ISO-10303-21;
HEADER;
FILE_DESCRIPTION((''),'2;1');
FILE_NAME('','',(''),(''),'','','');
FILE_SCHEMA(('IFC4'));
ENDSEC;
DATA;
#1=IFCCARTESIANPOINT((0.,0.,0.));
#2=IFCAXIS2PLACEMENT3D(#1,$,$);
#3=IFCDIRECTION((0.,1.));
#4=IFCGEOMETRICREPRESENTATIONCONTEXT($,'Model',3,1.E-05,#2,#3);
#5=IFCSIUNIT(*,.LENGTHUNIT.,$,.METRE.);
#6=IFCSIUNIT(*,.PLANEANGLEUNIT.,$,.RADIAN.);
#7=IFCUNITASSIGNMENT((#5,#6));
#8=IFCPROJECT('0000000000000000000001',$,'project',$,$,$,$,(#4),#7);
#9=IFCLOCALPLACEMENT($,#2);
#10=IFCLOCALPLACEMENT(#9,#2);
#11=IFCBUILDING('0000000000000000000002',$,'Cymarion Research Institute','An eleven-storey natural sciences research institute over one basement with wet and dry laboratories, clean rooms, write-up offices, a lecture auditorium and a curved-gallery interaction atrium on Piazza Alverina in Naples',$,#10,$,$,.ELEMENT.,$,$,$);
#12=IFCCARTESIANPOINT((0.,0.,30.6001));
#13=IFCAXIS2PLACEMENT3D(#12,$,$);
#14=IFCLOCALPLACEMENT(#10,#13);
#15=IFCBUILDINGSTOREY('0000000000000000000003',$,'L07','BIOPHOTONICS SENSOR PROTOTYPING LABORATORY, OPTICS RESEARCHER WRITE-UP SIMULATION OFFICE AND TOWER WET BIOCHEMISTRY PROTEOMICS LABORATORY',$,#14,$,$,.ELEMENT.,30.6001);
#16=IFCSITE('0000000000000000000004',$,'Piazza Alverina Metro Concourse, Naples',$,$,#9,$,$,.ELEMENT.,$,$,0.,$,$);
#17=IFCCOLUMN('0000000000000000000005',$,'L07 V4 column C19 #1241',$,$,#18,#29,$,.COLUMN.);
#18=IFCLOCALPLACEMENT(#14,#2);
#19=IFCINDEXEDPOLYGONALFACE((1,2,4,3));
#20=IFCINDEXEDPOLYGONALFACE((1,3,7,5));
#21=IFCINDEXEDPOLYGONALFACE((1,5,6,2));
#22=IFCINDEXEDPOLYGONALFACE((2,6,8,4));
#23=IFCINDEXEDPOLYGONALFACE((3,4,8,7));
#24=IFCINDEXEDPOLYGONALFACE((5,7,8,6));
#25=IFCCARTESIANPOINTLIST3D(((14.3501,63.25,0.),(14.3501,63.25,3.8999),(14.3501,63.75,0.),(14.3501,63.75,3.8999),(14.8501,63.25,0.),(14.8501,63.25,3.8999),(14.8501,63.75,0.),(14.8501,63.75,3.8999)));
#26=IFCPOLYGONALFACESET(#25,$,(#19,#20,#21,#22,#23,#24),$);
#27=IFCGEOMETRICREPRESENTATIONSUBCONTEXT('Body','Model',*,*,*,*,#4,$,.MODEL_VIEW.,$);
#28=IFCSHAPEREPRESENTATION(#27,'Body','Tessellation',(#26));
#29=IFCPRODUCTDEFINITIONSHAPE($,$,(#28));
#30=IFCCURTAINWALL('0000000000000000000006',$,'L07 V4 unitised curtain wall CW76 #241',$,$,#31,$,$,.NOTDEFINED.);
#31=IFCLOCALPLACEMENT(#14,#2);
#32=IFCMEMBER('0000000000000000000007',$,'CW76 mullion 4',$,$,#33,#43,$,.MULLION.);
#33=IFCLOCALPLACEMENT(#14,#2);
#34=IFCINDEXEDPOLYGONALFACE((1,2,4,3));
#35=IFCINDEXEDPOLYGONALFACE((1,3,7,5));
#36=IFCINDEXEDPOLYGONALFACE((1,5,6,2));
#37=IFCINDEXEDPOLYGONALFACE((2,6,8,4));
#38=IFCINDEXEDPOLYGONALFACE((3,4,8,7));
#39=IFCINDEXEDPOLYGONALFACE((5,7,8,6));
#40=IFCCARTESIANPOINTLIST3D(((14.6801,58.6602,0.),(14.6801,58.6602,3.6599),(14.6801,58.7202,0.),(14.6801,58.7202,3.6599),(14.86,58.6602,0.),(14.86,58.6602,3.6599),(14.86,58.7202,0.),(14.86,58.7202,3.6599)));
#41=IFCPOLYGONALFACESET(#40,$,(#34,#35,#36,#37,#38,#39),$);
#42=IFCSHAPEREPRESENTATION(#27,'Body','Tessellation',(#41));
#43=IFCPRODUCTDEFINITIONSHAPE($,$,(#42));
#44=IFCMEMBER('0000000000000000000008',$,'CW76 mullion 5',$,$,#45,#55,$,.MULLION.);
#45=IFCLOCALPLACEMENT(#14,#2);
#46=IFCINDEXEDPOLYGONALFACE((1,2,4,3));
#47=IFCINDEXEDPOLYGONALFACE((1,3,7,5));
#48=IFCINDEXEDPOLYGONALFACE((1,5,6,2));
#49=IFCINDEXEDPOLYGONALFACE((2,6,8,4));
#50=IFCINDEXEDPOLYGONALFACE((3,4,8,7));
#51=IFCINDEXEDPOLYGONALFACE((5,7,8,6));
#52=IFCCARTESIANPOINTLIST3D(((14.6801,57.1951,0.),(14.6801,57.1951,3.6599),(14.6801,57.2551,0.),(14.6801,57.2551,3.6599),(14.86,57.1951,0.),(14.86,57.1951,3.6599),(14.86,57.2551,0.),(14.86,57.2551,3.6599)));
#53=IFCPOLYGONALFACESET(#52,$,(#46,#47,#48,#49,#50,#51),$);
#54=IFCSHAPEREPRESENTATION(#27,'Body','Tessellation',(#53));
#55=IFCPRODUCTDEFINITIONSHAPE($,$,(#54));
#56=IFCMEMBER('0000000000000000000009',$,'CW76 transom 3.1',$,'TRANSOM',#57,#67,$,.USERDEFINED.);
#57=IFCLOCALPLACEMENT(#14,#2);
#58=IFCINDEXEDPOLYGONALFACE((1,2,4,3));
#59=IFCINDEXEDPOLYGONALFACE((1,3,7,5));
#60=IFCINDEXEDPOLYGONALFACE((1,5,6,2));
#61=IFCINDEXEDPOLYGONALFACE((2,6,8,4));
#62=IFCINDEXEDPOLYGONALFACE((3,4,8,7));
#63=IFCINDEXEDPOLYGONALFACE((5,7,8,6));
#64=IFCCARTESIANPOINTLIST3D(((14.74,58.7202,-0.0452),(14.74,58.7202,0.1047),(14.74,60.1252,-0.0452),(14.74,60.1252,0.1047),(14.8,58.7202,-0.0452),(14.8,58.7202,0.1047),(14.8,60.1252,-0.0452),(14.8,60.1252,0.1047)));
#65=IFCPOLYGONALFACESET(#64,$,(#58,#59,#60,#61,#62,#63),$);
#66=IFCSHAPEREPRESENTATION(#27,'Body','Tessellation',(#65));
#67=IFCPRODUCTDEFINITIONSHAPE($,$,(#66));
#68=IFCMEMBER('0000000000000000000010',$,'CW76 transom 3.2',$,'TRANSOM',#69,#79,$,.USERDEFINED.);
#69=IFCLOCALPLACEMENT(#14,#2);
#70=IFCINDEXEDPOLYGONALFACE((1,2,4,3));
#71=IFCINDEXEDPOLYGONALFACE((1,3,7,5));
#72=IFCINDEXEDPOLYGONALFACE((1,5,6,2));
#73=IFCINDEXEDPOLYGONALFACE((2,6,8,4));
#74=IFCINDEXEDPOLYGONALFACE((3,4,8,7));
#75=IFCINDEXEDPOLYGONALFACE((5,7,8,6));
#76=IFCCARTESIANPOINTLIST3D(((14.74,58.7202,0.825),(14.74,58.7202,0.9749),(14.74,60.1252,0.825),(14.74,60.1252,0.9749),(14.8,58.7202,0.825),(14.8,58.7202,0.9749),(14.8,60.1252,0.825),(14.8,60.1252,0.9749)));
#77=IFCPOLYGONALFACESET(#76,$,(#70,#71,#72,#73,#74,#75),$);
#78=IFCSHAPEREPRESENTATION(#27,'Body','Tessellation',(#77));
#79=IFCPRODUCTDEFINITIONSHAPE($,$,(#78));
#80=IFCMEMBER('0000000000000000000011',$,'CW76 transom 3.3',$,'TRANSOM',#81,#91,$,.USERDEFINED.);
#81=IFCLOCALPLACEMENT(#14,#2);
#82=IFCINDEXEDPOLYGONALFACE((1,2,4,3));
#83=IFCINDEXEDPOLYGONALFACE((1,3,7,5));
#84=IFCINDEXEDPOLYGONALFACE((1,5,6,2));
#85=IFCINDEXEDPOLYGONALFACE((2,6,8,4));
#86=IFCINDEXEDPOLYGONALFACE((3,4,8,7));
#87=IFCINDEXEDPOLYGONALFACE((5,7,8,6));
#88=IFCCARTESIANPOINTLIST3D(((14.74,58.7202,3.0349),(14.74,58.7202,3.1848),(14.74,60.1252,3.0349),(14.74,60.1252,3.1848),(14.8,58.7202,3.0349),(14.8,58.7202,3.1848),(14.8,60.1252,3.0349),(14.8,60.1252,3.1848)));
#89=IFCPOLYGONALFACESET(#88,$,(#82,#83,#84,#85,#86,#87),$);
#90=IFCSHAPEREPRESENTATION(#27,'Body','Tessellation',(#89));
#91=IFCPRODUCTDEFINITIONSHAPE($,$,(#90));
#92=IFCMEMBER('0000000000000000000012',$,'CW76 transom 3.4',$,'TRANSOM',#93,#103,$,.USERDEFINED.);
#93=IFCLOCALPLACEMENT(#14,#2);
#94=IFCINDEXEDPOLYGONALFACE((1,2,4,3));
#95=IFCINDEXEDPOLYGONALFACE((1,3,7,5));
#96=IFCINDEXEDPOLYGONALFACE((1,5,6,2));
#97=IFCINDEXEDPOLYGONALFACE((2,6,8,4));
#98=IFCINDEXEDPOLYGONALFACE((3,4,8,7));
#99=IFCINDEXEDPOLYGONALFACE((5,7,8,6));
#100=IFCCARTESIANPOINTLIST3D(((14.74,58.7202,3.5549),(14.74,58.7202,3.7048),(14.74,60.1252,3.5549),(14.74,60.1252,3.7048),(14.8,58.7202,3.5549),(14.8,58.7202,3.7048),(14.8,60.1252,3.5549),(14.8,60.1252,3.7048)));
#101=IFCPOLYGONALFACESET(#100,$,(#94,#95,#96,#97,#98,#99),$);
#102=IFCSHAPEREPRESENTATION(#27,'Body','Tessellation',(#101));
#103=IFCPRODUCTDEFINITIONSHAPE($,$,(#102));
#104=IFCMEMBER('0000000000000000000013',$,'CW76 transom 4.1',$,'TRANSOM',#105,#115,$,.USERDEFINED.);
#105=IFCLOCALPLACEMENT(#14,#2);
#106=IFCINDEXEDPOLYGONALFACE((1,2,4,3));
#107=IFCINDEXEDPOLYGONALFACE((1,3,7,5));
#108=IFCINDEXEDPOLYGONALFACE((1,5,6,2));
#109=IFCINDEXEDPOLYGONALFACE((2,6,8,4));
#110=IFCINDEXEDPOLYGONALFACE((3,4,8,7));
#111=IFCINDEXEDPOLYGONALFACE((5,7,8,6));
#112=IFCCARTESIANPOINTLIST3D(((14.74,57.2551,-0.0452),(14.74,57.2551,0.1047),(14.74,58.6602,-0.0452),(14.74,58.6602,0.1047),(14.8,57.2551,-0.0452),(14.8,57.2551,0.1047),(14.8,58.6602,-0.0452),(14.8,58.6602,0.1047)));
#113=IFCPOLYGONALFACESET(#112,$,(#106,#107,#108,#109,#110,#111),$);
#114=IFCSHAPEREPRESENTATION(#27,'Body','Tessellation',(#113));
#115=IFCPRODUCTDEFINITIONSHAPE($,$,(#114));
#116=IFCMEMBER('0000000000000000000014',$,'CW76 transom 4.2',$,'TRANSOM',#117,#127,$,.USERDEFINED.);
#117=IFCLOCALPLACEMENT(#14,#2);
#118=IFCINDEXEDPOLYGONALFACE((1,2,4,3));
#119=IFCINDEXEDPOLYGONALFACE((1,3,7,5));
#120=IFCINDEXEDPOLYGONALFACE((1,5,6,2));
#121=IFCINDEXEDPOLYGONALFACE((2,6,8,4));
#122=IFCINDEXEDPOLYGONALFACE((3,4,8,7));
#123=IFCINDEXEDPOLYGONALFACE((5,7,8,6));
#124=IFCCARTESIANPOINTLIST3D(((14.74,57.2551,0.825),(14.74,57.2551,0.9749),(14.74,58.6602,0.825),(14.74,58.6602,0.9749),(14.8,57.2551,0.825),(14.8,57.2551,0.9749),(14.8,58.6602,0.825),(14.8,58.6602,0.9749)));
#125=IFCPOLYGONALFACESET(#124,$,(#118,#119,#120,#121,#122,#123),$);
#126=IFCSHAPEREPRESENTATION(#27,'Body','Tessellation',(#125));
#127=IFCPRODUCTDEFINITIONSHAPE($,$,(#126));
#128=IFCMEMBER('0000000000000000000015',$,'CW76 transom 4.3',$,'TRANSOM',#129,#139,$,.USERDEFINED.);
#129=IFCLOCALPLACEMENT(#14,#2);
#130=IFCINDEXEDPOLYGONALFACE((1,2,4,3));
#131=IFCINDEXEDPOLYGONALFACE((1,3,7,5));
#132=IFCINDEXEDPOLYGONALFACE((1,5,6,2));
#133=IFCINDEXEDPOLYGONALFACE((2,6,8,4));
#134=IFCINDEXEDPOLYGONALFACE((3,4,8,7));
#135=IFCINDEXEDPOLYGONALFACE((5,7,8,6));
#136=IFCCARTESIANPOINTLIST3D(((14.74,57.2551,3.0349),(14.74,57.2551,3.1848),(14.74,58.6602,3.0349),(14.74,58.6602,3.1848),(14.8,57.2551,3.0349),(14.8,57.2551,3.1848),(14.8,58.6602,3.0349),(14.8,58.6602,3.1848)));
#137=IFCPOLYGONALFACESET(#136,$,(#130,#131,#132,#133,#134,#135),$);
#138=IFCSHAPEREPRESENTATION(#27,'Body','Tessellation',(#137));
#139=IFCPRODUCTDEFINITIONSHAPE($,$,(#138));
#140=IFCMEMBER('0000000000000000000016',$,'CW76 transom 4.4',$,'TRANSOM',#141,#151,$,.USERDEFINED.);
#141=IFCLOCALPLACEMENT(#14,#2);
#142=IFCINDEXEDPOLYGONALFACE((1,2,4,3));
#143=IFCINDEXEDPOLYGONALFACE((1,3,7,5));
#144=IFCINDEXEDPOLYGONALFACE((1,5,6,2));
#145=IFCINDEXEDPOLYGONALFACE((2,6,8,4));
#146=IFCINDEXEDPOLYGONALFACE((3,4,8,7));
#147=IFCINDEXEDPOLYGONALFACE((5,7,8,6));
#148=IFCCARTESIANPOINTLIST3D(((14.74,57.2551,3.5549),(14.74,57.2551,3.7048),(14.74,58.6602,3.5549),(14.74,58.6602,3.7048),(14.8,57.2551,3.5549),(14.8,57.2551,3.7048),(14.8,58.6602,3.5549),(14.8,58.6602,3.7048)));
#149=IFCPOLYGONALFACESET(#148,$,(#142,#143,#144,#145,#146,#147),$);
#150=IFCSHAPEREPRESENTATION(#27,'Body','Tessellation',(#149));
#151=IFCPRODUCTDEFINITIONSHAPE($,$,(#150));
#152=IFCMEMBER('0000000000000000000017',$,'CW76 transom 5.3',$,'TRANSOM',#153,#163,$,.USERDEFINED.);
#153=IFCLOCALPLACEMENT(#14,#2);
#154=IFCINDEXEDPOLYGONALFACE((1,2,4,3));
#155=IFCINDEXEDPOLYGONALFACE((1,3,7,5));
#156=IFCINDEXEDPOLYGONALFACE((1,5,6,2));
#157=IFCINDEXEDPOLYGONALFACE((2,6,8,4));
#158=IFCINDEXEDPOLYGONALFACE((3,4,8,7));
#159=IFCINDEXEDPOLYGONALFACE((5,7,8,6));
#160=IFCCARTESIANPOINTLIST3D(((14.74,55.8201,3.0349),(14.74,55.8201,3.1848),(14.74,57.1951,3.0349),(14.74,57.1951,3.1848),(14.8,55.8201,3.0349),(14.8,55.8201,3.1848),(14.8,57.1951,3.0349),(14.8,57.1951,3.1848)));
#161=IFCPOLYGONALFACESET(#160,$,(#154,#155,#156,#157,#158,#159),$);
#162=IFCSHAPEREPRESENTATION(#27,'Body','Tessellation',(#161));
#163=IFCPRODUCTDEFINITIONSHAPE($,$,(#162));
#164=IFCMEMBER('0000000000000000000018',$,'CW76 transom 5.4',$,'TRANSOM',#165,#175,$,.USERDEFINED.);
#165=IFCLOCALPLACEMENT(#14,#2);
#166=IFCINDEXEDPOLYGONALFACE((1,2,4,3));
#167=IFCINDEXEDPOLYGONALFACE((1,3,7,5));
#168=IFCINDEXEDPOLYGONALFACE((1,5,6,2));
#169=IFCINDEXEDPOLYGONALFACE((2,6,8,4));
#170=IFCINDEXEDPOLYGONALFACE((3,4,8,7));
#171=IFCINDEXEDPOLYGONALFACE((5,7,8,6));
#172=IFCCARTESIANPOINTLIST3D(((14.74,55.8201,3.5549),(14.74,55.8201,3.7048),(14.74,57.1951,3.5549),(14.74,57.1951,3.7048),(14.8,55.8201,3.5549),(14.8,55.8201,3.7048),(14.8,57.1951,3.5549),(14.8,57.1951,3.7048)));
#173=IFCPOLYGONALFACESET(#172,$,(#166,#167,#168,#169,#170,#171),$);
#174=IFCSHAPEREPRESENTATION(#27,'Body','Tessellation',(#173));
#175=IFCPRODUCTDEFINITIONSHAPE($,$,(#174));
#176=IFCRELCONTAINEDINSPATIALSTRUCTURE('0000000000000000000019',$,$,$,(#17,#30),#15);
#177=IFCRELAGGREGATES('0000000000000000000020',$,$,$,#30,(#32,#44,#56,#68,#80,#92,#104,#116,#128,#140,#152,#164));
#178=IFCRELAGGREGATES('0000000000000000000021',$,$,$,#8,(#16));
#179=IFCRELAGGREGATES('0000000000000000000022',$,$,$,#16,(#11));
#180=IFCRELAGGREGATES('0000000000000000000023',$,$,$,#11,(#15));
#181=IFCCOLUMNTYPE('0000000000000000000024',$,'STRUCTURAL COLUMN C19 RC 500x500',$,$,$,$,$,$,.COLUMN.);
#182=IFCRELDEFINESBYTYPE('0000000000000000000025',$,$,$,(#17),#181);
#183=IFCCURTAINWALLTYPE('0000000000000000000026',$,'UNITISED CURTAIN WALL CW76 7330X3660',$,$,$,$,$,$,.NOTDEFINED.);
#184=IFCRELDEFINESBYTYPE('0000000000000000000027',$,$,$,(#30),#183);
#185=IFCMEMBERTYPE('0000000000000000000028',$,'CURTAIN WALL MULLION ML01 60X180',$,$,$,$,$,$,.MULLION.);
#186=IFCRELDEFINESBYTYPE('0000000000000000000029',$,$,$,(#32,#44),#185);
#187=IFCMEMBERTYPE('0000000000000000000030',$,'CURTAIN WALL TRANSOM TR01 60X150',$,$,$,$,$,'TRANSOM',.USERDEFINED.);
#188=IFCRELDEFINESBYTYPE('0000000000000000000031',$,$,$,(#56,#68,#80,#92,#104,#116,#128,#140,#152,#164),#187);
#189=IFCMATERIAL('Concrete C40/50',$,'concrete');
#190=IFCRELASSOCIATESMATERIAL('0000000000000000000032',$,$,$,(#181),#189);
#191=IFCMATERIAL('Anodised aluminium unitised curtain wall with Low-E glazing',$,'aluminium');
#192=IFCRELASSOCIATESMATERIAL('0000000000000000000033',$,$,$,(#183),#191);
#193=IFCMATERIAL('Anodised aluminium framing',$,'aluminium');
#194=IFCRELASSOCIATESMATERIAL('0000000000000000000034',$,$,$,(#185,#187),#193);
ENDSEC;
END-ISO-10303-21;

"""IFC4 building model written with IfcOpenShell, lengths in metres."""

from ifc_helpers import new_model, si_unit, direction, frame, origin, origin_2d, place, context, subcontext, project, spatial, rectangle, extrude, material, material_profile, profile_set, type_object, element, aggregate, save


model = new_model("IFC4")

# Units and contexts
model_context = context("Model", 3, precision=1e-05, world=origin(), true_north=direction((0.0, 1.0)))
body_context = subcontext(model_context, "Body", "Model", "MODEL_VIEW")
ifc_project = project(units=[si_unit("LENGTHUNIT", "METRE"), si_unit("PLANEANGLEUNIT", "RADIAN")], contexts=[model_context])

# Site, building, storey
site_placement = place(None, origin())
site = spatial("IfcSite", under=ifc_project, at=site_placement, Name="Piazza Alverina Metro Concourse, Naples", CompositionType="ELEMENT", RefElevation=0.0)
building_placement = place(site_placement, origin())
building = spatial("IfcBuilding", under=site, at=building_placement, Name="Cymarion Research Institute", Description="An eleven-storey natural sciences research institute over one basement with wet and dry laboratories, clean rooms, write-up offices, a lecture auditorium and a curved-gallery interaction atrium on Piazza Alverina in Naples", CompositionType="ELEMENT")
storey_placement = place(building_placement, frame((0.0, 0.0, 30.6001)))
storey = spatial("IfcBuildingStorey", under=building, at=storey_placement, Name="L07", Description="BIOPHOTONICS SENSOR PROTOTYPING LABORATORY, OPTICS RESEARCHER WRITE-UP SIMULATION OFFICE AND TOWER WET BIOCHEMISTRY PROTEOMICS LABORATORY", CompositionType="ELEMENT", Elevation=30.6001)

# Column
ifc_material_1 = material(Name="Concrete C40/50", Category="concrete")
ifc_material_profile_1 = material_profile(ifc_material_1, rectangle(XDim=0.5, YDim=0.5, at=origin_2d()), Name="RC 500x500")
ifc_profile_set_1 = profile_set([ifc_material_profile_1], Name="Concrete C40/50")
column_type = type_object("IfcColumnType", Name="STRUCTURAL COLUMN C19 RC 500x500", PredefinedType="COLUMN", material=ifc_profile_set_1)
column_placement = place(storey_placement, frame((14.6001, 63.5, 0.0), z_axis=(0.0, 0.0, 1.0), x_axis=(1.0, 0.0, 0.0)))
element("IfcColumn", 1, at=column_placement, inside=storey, type_object=column_type, Name="L07 V4 column C19 #1241", PredefinedType="COLUMN", context=body_context, shape_type="SweptSolid", body=[
    extrude(rectangle(XDim=0.5, YDim=0.5, at=origin_2d()), origin(), (0.0, 0.0, 1.0), 3.8999),
])

# Curtain wall, members
ifc_material_2 = material(Name="Anodised aluminium unitised curtain wall with Low-E glazing", Category="aluminium")
curtain_wall_type = type_object("IfcCurtainWallType", Name="UNITISED CURTAIN WALL CW76 7330X3660", PredefinedType="NOTDEFINED", material=ifc_material_2)
curtain_wall_placement = place(storey_placement, origin())
curtain_wall = element("IfcCurtainWall", 2, at=curtain_wall_placement, inside=storey, type_object=curtain_wall_type, Name="L07 V4 unitised curtain wall CW76 #241", PredefinedType="NOTDEFINED")
ifc_material_3 = material(Name="Anodised aluminium framing", Category="aluminium")
ifc_material_profile_2 = material_profile(ifc_material_3, rectangle(XDim=0.0601, YDim=0.1799, at=origin_2d()), Name="ALU MULLION 60x180")
ifc_profile_set_2 = profile_set([ifc_material_profile_2], Name="Anodised aluminium framing")
member_type_1 = type_object("IfcMemberType", Name="CURTAIN WALL MULLION ML01 60X180", PredefinedType="MULLION", material=ifc_profile_set_2)
member_1_placement = place(storey_placement, frame((14.77, 58.6902, 0.0), z_axis=(0.0, 0.0, 1.0), x_axis=(0.0, -1.0, 0.0)))
member_1 = element("IfcMember", 3, at=member_1_placement, type_object=member_type_1, Name="CW76 mullion 4", PredefinedType="MULLION", context=body_context, shape_type="SweptSolid", body=[
    extrude(rectangle(XDim=0.0601, YDim=0.1799, at=origin_2d()), origin(), (0.0, 0.0, 1.0), 3.6599),
])
member_2_placement = place(storey_placement, frame((14.77, 57.2251, 0.0), z_axis=(0.0, 0.0, 1.0), x_axis=(0.0, -1.0, 0.0)))
member_2 = element("IfcMember", 4, at=member_2_placement, type_object=member_type_1, Name="CW76 mullion 5", PredefinedType="MULLION", context=body_context, shape_type="SweptSolid", body=[
    extrude(rectangle(XDim=0.0601, YDim=0.1799, at=origin_2d()), origin(), (0.0, 0.0, 1.0), 3.6599),
])
ifc_material_profile_3 = material_profile(ifc_material_3, rectangle(XDim=0.0601, YDim=0.1499, at=origin_2d()), Name="ALU TRANSOM 60x150")
ifc_profile_set_3 = profile_set([ifc_material_profile_3], Name="Anodised aluminium framing")
member_type_2 = type_object("IfcMemberType", Name="CURTAIN WALL TRANSOM TR01 60X150", ElementType="TRANSOM", PredefinedType="USERDEFINED", material=ifc_profile_set_3)
member_3_placement = place(storey_placement, frame((14.77, 60.1252, 0.0298), z_axis=(0.0, -1.0, 0.0), x_axis=(1.0, 0.0, 0.0)))
member_3 = element("IfcMember", 5, at=member_3_placement, type_object=member_type_2, Name="CW76 transom 3.1", ObjectType="TRANSOM", PredefinedType="USERDEFINED", context=body_context, shape_type="SweptSolid", body=[
    extrude(rectangle(XDim=0.0601, YDim=0.1499, at=origin_2d()), origin(), (0.0, 0.0, 1.0), 1.405),
])
member_4_placement = place(storey_placement, frame((14.77, 60.1252, 0.8999), z_axis=(0.0, -1.0, 0.0), x_axis=(1.0, 0.0, 0.0)))
member_4 = element("IfcMember", 6, at=member_4_placement, type_object=member_type_2, Name="CW76 transom 3.2", ObjectType="TRANSOM", PredefinedType="USERDEFINED", context=body_context, shape_type="SweptSolid", body=[
    extrude(rectangle(XDim=0.0601, YDim=0.1499, at=origin_2d()), origin(), (0.0, 0.0, 1.0), 1.405),
])
member_5_placement = place(storey_placement, frame((14.77, 60.1252, 3.1099), z_axis=(0.0, -1.0, 0.0), x_axis=(1.0, 0.0, 0.0)))
member_5 = element("IfcMember", 7, at=member_5_placement, type_object=member_type_2, Name="CW76 transom 3.3", ObjectType="TRANSOM", PredefinedType="USERDEFINED", context=body_context, shape_type="SweptSolid", body=[
    extrude(rectangle(XDim=0.0601, YDim=0.1499, at=origin_2d()), origin(), (0.0, 0.0, 1.0), 1.405),
])
member_6_placement = place(storey_placement, frame((14.77, 60.1252, 3.6299), z_axis=(0.0, -1.0, 0.0), x_axis=(1.0, 0.0, 0.0)))
member_6 = element("IfcMember", 8, at=member_6_placement, type_object=member_type_2, Name="CW76 transom 3.4", ObjectType="TRANSOM", PredefinedType="USERDEFINED", context=body_context, shape_type="SweptSolid", body=[
    extrude(rectangle(XDim=0.0601, YDim=0.1499, at=origin_2d()), origin(), (0.0, 0.0, 1.0), 1.405),
])
member_7_placement = place(storey_placement, frame((14.77, 58.6602, 0.0298), z_axis=(0.0, -1.0, 0.0), x_axis=(1.0, 0.0, 0.0)))
member_7 = element("IfcMember", 9, at=member_7_placement, type_object=member_type_2, Name="CW76 transom 4.1", ObjectType="TRANSOM", PredefinedType="USERDEFINED", context=body_context, shape_type="SweptSolid", body=[
    extrude(rectangle(XDim=0.0601, YDim=0.1499, at=origin_2d()), origin(), (0.0, 0.0, 1.0), 1.405),
])
member_8_placement = place(storey_placement, frame((14.77, 58.6602, 0.8999), z_axis=(0.0, -1.0, 0.0), x_axis=(1.0, 0.0, 0.0)))
member_8 = element("IfcMember", 10, at=member_8_placement, type_object=member_type_2, Name="CW76 transom 4.2", ObjectType="TRANSOM", PredefinedType="USERDEFINED", context=body_context, shape_type="SweptSolid", body=[
    extrude(rectangle(XDim=0.0601, YDim=0.1499, at=origin_2d()), origin(), (0.0, 0.0, 1.0), 1.405),
])
member_9_placement = place(storey_placement, frame((14.77, 58.6602, 3.1099), z_axis=(0.0, -1.0, 0.0), x_axis=(1.0, 0.0, 0.0)))
member_9 = element("IfcMember", 11, at=member_9_placement, type_object=member_type_2, Name="CW76 transom 4.3", ObjectType="TRANSOM", PredefinedType="USERDEFINED", context=body_context, shape_type="SweptSolid", body=[
    extrude(rectangle(XDim=0.0601, YDim=0.1499, at=origin_2d()), origin(), (0.0, 0.0, 1.0), 1.405),
])
member_10_placement = place(storey_placement, frame((14.77, 58.6602, 3.6299), z_axis=(0.0, -1.0, 0.0), x_axis=(1.0, 0.0, 0.0)))
member_10 = element("IfcMember", 12, at=member_10_placement, type_object=member_type_2, Name="CW76 transom 4.4", ObjectType="TRANSOM", PredefinedType="USERDEFINED", context=body_context, shape_type="SweptSolid", body=[
    extrude(rectangle(XDim=0.0601, YDim=0.1499, at=origin_2d()), origin(), (0.0, 0.0, 1.0), 1.405),
])
member_11_placement = place(storey_placement, frame((14.77, 57.1951, 3.1099), z_axis=(0.0, -1.0, 0.0), x_axis=(1.0, 0.0, 0.0)))
member_11 = element("IfcMember", 13, at=member_11_placement, type_object=member_type_2, Name="CW76 transom 5.3", ObjectType="TRANSOM", PredefinedType="USERDEFINED", context=body_context, shape_type="SweptSolid", body=[
    extrude(rectangle(XDim=0.0601, YDim=0.1499, at=origin_2d()), origin(), (0.0, 0.0, 1.0), 1.375),
])
member_12_placement = place(storey_placement, frame((14.77, 57.1951, 3.6299), z_axis=(0.0, -1.0, 0.0), x_axis=(1.0, 0.0, 0.0)))
member_12 = element("IfcMember", 14, at=member_12_placement, type_object=member_type_2, Name="CW76 transom 5.4", ObjectType="TRANSOM", PredefinedType="USERDEFINED", context=body_context, shape_type="SweptSolid", body=[
    extrude(rectangle(XDim=0.0601, YDim=0.1499, at=origin_2d()), origin(), (0.0, 0.0, 1.0), 1.375),
])

aggregate(curtain_wall, [member_1, member_2, member_3, member_4, member_5, member_6, member_7, member_8, member_9, member_10, member_11, member_12])

save(model, "model.ifc")
